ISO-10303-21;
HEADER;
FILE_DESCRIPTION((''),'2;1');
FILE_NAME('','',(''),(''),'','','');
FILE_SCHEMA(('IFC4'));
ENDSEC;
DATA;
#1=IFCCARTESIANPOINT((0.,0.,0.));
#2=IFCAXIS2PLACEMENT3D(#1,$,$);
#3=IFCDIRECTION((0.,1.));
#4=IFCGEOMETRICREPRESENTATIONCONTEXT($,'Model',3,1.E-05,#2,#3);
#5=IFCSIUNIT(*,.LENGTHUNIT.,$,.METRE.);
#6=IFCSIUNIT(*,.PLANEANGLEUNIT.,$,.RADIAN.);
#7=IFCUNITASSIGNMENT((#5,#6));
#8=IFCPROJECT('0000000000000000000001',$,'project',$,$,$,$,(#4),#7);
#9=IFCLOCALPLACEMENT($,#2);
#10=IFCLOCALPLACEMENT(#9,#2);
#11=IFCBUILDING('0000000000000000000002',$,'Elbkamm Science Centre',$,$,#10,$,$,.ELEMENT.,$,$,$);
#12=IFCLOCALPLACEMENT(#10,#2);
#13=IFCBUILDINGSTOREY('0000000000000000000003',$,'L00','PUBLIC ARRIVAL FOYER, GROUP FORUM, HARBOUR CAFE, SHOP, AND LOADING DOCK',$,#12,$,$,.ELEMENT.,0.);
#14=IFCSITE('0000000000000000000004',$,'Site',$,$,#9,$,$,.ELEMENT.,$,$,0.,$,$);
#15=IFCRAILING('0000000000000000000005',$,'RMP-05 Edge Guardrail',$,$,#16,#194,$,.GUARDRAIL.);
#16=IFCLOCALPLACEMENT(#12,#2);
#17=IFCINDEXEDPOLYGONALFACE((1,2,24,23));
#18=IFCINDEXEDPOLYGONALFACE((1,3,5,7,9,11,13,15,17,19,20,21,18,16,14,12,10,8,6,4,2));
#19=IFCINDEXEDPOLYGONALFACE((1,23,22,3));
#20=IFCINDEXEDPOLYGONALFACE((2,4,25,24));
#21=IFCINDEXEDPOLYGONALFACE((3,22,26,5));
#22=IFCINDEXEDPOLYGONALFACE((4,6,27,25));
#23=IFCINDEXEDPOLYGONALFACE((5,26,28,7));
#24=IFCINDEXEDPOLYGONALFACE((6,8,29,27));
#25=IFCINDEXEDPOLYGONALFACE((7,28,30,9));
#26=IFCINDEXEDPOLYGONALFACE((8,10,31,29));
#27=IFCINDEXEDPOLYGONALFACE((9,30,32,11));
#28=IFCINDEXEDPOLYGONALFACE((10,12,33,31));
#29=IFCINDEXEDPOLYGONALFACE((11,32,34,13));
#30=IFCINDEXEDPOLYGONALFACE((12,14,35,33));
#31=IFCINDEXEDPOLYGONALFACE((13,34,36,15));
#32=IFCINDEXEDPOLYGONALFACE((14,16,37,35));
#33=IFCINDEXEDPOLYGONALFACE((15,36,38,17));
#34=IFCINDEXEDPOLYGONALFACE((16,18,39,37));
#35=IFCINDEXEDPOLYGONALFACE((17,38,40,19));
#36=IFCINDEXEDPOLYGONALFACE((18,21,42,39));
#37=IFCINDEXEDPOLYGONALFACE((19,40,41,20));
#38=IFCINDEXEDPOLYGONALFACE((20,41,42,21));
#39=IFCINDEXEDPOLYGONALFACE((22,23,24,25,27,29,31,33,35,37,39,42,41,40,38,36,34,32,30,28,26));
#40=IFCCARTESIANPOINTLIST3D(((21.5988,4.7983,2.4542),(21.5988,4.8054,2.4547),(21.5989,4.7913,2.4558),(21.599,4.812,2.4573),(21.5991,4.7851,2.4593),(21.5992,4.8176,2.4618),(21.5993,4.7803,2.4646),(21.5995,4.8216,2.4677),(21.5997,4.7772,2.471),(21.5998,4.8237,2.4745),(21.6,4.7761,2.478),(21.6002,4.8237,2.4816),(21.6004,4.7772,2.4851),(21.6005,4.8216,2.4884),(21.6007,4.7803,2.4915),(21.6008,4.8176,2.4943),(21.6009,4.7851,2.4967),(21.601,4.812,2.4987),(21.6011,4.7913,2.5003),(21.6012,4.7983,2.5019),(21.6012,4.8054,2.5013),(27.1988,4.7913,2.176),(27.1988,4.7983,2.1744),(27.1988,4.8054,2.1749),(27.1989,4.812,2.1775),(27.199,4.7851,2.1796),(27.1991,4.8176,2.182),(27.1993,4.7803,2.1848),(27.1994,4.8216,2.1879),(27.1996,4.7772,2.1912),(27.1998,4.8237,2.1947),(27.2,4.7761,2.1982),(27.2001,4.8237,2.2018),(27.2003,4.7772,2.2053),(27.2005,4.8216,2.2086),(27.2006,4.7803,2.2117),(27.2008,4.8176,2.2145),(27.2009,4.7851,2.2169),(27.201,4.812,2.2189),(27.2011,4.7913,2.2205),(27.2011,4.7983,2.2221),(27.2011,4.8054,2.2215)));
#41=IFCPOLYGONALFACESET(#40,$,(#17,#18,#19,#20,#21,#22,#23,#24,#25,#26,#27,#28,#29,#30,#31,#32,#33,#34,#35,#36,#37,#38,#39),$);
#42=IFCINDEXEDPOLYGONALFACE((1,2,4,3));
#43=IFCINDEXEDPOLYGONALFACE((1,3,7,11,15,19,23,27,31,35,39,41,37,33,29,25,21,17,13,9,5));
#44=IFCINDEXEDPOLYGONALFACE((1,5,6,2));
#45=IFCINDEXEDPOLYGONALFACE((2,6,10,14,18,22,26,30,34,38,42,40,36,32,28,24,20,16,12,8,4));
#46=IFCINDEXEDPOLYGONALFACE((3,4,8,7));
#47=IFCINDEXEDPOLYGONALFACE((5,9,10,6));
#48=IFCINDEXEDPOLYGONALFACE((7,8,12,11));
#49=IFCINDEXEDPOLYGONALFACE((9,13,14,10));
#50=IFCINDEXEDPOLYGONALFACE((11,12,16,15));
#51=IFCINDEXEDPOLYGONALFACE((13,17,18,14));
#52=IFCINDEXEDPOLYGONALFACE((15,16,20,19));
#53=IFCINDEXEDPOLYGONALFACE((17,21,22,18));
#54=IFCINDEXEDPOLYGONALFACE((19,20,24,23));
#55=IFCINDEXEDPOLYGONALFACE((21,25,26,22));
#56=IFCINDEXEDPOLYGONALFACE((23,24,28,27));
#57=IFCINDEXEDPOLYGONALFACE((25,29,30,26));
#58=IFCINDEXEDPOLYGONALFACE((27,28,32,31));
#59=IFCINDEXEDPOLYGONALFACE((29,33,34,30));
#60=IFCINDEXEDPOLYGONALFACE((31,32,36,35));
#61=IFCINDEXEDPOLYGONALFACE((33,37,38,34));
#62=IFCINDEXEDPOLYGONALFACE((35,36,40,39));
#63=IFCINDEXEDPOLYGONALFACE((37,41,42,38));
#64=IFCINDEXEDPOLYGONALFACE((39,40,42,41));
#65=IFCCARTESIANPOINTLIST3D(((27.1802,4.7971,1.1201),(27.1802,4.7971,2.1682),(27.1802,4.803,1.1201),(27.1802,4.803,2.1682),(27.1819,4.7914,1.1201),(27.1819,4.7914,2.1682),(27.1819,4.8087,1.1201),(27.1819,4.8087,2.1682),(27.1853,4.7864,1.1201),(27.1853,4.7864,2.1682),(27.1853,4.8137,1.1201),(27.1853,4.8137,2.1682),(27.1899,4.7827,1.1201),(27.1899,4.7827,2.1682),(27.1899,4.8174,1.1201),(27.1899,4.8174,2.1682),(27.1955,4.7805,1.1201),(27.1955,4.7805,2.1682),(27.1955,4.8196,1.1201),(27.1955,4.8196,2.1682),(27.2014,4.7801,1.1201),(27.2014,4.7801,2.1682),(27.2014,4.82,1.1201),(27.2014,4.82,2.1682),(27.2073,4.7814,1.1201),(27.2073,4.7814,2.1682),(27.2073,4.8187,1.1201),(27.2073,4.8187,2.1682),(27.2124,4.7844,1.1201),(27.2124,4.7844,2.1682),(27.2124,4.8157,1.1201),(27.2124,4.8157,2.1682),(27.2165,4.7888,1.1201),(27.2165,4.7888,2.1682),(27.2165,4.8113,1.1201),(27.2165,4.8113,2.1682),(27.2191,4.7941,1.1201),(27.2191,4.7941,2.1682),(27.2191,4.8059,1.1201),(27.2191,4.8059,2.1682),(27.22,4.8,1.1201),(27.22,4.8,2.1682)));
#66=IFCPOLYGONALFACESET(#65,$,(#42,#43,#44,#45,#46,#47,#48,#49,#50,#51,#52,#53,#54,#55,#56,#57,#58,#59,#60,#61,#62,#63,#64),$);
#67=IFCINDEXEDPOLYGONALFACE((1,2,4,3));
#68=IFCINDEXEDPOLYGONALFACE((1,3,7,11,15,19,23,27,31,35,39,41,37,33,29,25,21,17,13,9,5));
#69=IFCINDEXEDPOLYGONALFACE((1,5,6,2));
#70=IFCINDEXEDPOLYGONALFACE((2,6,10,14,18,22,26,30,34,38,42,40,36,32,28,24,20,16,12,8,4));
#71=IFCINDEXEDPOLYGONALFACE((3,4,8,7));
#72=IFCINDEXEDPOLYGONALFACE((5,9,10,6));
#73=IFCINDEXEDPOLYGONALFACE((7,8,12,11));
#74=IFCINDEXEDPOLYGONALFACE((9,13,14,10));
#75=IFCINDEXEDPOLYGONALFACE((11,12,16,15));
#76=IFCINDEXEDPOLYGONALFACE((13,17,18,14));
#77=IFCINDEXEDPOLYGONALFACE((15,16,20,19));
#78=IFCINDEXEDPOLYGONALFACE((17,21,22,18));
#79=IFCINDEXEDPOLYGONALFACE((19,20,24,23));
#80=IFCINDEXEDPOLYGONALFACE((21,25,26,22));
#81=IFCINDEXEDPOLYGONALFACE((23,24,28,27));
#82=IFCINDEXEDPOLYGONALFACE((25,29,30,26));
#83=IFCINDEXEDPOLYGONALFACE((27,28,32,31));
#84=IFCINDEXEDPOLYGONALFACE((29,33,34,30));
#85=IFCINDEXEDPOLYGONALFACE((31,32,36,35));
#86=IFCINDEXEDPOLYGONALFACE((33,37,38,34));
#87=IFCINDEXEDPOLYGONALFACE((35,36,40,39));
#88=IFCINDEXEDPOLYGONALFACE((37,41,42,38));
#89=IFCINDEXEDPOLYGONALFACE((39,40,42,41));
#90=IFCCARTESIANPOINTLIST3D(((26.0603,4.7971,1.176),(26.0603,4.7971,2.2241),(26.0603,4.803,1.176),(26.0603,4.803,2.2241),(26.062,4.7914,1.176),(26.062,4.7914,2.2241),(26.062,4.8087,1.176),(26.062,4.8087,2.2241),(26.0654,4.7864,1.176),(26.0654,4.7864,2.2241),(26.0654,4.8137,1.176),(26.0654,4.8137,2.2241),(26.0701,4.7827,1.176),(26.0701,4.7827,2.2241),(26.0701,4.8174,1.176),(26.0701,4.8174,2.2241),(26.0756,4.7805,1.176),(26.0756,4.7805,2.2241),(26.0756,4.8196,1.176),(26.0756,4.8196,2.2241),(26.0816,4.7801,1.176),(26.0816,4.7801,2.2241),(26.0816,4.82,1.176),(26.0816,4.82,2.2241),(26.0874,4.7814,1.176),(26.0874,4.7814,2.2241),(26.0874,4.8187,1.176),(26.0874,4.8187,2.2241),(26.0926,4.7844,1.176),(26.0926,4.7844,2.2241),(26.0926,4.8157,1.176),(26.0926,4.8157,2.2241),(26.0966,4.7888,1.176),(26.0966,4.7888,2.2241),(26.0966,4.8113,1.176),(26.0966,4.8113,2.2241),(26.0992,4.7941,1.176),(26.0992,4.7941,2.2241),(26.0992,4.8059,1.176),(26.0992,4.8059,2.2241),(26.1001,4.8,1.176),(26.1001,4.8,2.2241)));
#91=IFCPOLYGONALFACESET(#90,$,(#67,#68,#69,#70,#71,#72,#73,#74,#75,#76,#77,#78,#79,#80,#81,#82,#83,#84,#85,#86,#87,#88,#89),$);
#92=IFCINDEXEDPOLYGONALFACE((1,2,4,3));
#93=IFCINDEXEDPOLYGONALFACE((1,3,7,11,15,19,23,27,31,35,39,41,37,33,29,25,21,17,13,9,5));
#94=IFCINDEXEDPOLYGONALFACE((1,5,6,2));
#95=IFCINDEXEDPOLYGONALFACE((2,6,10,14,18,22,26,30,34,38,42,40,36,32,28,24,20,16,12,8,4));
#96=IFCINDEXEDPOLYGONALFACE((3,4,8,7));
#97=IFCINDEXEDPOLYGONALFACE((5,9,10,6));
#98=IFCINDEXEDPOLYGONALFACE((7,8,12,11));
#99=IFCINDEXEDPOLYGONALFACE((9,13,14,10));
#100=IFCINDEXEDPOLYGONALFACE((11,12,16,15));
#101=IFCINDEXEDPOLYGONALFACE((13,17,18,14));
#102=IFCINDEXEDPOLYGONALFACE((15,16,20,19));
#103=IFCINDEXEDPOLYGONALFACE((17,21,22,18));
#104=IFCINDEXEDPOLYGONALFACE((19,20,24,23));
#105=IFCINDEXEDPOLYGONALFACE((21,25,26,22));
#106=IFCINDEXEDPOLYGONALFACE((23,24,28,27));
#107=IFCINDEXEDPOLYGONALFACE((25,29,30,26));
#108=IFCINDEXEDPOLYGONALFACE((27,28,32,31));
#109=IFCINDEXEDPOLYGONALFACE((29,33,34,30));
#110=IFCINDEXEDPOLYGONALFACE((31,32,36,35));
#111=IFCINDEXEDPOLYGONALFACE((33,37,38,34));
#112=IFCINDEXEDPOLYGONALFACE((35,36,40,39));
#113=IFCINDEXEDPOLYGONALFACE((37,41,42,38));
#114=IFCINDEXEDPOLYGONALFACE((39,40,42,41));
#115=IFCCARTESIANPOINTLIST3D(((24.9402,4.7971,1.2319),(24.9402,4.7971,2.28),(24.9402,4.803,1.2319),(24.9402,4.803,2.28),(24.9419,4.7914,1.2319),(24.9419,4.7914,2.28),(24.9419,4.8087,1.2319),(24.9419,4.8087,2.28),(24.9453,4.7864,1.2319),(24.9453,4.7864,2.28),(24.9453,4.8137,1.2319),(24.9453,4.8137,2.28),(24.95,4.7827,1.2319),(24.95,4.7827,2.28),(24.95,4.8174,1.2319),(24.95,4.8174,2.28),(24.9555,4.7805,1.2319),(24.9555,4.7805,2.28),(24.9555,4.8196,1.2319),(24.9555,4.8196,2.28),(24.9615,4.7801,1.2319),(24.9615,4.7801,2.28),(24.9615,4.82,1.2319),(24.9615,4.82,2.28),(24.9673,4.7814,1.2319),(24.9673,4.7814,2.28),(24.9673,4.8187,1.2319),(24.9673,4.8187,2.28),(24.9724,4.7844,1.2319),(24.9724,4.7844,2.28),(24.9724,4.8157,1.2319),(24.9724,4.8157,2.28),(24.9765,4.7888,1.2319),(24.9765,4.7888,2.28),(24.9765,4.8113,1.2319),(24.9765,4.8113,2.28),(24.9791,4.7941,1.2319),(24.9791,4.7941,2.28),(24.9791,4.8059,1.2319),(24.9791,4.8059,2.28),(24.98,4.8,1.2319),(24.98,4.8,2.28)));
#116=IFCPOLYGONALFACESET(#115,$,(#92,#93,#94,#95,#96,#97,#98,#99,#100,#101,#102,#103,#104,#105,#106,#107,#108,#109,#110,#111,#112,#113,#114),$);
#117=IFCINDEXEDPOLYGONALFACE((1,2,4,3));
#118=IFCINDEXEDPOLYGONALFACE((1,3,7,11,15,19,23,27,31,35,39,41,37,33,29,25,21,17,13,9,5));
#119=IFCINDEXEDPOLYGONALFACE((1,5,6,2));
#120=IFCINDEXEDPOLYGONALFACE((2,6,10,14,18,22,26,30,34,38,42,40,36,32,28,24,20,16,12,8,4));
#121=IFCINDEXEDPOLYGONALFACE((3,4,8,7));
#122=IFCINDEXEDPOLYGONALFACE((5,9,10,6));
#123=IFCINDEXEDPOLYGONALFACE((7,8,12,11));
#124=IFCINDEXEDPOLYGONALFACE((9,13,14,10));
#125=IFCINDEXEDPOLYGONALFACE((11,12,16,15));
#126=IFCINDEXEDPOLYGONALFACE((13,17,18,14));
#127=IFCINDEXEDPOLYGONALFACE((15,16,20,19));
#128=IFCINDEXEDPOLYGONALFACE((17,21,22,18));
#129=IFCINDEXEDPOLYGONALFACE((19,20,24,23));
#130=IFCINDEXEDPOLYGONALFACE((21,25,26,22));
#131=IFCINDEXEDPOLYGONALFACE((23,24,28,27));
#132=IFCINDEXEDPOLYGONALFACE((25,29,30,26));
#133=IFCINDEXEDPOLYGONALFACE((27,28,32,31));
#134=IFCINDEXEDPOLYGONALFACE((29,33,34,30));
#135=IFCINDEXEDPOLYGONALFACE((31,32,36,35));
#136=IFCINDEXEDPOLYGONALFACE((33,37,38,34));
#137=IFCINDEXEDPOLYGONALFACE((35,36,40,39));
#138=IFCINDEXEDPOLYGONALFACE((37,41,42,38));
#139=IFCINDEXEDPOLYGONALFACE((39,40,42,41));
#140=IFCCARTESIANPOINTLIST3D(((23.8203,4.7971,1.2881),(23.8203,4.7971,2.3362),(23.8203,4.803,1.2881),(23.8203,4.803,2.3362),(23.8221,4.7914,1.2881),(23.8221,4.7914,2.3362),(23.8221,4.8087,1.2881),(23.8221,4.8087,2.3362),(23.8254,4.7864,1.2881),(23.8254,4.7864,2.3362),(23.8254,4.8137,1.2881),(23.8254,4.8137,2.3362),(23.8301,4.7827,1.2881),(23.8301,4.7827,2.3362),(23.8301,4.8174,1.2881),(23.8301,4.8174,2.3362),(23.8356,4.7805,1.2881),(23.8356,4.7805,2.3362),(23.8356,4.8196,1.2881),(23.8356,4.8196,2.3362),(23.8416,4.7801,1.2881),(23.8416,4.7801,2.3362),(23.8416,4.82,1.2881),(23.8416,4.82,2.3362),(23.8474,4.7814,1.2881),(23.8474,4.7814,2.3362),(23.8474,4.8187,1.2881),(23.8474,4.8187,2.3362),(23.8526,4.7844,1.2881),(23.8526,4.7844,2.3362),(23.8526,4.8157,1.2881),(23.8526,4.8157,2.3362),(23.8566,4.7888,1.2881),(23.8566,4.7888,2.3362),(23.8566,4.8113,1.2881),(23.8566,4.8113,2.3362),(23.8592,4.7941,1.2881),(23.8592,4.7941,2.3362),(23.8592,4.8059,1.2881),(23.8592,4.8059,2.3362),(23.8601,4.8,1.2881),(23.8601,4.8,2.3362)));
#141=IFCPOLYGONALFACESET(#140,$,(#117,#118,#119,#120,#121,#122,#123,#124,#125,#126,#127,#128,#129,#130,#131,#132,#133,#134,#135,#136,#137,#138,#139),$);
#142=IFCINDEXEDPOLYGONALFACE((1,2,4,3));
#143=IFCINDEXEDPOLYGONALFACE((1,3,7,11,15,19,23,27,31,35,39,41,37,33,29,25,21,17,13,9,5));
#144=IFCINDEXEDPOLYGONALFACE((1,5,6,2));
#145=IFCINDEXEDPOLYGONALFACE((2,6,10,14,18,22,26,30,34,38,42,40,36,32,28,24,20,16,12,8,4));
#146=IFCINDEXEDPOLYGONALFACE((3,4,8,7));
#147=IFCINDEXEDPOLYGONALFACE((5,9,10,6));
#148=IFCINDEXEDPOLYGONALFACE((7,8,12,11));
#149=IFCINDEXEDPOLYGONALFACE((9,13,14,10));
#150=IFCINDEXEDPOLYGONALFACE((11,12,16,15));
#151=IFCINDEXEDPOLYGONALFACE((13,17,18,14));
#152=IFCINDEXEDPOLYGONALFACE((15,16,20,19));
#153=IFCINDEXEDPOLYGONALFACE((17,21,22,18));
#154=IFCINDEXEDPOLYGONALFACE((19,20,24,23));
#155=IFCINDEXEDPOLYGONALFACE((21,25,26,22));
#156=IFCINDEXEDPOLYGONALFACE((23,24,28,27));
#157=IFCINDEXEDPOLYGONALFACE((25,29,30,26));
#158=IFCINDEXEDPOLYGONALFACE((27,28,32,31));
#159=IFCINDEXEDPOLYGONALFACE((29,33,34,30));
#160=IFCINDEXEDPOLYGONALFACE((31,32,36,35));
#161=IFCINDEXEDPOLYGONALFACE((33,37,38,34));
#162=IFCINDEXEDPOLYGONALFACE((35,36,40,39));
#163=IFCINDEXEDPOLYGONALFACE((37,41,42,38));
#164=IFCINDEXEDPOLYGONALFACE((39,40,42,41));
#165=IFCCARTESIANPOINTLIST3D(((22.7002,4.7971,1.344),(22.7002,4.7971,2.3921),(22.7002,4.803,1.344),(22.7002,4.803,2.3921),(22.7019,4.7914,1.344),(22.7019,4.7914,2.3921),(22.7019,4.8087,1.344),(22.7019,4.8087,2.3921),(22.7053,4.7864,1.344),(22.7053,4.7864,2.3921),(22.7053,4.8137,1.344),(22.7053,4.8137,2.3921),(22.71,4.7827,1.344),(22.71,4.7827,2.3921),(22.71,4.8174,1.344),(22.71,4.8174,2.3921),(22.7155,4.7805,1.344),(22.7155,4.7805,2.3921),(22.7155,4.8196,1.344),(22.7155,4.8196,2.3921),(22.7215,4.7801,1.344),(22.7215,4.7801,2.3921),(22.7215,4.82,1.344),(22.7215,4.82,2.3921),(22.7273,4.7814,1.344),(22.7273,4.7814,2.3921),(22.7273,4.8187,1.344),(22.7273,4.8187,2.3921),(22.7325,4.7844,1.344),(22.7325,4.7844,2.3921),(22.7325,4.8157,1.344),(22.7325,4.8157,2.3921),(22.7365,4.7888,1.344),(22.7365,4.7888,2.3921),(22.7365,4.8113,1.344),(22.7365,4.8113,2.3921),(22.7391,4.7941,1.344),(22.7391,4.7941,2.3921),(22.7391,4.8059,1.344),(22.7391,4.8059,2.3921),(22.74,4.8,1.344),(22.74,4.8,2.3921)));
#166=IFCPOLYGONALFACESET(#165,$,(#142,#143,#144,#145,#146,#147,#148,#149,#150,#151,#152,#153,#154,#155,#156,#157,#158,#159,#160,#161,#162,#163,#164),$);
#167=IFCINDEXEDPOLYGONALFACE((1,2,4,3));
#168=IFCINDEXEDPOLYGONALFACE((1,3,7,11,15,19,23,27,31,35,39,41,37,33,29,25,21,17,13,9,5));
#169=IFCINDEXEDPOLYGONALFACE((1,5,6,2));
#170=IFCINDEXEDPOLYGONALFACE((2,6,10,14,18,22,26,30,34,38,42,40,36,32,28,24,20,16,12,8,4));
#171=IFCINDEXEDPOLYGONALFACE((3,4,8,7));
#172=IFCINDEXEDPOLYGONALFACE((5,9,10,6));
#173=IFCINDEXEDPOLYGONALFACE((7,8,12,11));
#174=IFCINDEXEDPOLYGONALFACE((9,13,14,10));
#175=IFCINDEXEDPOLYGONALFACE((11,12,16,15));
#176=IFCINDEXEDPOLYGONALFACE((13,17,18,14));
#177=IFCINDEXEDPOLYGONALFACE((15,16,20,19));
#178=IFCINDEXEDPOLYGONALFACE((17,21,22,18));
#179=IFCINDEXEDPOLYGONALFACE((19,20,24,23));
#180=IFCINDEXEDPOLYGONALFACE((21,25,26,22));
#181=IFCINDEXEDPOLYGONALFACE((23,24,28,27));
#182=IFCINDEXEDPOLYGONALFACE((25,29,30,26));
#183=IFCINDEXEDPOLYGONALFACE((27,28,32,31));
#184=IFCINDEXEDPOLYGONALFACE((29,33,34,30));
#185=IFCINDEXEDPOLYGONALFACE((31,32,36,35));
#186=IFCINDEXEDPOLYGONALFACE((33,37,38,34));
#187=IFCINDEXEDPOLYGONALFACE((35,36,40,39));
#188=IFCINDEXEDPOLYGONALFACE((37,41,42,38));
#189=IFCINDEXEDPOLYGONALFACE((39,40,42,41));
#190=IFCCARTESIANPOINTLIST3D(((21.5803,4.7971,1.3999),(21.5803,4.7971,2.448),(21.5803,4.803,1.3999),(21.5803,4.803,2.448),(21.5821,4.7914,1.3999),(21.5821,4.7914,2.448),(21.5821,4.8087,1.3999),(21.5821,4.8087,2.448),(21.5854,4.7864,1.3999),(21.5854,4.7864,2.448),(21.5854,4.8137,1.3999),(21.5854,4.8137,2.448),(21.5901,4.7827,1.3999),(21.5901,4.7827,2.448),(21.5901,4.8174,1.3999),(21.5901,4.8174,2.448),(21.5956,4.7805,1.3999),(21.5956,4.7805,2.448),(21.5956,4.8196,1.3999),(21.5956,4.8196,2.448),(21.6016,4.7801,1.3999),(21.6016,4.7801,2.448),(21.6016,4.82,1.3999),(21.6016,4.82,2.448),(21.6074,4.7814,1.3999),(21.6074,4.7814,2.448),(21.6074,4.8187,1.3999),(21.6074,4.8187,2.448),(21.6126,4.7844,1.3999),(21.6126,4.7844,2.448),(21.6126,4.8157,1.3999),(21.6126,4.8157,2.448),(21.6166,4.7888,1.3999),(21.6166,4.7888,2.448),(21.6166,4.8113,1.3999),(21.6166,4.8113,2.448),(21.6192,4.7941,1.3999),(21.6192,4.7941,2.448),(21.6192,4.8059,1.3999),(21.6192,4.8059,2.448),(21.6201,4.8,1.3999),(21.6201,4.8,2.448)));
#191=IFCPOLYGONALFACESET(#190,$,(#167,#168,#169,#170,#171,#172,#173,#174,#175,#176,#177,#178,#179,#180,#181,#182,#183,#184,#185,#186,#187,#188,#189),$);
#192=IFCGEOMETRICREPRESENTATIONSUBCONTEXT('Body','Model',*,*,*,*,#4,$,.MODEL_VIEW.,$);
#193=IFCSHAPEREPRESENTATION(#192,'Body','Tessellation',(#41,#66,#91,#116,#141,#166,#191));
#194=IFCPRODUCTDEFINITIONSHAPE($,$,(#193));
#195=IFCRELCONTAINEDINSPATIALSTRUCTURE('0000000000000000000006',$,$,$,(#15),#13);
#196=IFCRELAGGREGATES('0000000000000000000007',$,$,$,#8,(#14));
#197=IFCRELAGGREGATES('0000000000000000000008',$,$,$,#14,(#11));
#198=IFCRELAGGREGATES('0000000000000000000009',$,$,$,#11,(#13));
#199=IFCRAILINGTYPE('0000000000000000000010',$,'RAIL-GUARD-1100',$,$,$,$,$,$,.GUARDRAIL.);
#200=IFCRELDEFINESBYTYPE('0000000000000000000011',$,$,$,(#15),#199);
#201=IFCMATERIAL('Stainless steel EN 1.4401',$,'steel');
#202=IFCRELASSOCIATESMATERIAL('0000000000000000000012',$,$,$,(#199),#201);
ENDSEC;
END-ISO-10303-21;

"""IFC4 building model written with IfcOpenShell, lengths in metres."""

from ifc_helpers import new_model, si_unit, direction, frame, origin, origin_2d, place, context, subcontext, project, spatial, circle, extrude, material, type_object, element, save


model = new_model("IFC4")

# Units and contexts
model_context = context("Model", 3, precision=1e-05, world=origin(), true_north=direction((0.0, 1.0)))
body_context = subcontext(model_context, "Body", "Model", "MODEL_VIEW")
ifc_project = project(units=[si_unit("LENGTHUNIT", "METRE"), si_unit("PLANEANGLEUNIT", "RADIAN")], contexts=[model_context])

# Site, building, storey
site_placement = place(None, origin())
site = spatial("IfcSite", under=ifc_project, at=site_placement, Name="Site", CompositionType="ELEMENT", RefElevation=0.0)
building_placement = place(site_placement, origin())
building = spatial("IfcBuilding", under=site, at=building_placement, Name="Elbkamm Science Centre", CompositionType="ELEMENT")
storey_placement = place(building_placement, origin())
storey = spatial("IfcBuildingStorey", under=building, at=storey_placement, Name="L00", Description="PUBLIC ARRIVAL FOYER, GROUP FORUM, HARBOUR CAFE, SHOP, AND LOADING DOCK", CompositionType="ELEMENT", Elevation=0.0)

# Railing
ifc_material_1 = material(Name="Stainless steel EN 1.4401", Category="steel")
railing_type_1 = type_object("IfcRailingType", Name="RAIL-GUARD-1100", PredefinedType="GUARDRAIL", material=ifc_material_1)
railing_1_placement = place(storey_placement, frame((27.2, 4.8, 1.1201)))
element("IfcRailing", 1, at=railing_1_placement, inside=storey, type_object=railing_type_1, Name="RMP-05 Edge Guardrail", PredefinedType="GUARDRAIL", context=body_context, shape_type="SweptSolid", body=[
    extrude(circle(Radius=0.0239, at=origin_2d()), frame((0.0, 0.0, 1.0781), z_axis=(-0.998754, 0.0, 0.049901), x_axis=(0.0, -1.0, 0.0)), (0.0, 0.0, 1.0), 5.6069),
    extrude(circle(Radius=0.02, at=origin_2d()), origin(), (0.0, 0.0, 1.0), 1.0481),
    extrude(circle(Radius=0.02, at=origin_2d()), frame((-1.1199, 0.0, 0.0559)), (0.0, 0.0, 1.0), 1.0481),
    extrude(circle(Radius=0.02, at=origin_2d()), frame((-2.24, 0.0, 0.1118)), (0.0, 0.0, 1.0), 1.0481),
    extrude(circle(Radius=0.02, at=origin_2d()), frame((-3.3599, 0.0, 0.168)), (0.0, 0.0, 1.0), 1.0481),
    extrude(circle(Radius=0.02, at=origin_2d()), frame((-4.48, 0.0, 0.2239)), (0.0, 0.0, 1.0), 1.0481),
    extrude(circle(Radius=0.02, at=origin_2d()), frame((-5.5999, 0.0, 0.2798)), (0.0, 0.0, 1.0), 1.0481),
])

save(model, "model.ifc")
